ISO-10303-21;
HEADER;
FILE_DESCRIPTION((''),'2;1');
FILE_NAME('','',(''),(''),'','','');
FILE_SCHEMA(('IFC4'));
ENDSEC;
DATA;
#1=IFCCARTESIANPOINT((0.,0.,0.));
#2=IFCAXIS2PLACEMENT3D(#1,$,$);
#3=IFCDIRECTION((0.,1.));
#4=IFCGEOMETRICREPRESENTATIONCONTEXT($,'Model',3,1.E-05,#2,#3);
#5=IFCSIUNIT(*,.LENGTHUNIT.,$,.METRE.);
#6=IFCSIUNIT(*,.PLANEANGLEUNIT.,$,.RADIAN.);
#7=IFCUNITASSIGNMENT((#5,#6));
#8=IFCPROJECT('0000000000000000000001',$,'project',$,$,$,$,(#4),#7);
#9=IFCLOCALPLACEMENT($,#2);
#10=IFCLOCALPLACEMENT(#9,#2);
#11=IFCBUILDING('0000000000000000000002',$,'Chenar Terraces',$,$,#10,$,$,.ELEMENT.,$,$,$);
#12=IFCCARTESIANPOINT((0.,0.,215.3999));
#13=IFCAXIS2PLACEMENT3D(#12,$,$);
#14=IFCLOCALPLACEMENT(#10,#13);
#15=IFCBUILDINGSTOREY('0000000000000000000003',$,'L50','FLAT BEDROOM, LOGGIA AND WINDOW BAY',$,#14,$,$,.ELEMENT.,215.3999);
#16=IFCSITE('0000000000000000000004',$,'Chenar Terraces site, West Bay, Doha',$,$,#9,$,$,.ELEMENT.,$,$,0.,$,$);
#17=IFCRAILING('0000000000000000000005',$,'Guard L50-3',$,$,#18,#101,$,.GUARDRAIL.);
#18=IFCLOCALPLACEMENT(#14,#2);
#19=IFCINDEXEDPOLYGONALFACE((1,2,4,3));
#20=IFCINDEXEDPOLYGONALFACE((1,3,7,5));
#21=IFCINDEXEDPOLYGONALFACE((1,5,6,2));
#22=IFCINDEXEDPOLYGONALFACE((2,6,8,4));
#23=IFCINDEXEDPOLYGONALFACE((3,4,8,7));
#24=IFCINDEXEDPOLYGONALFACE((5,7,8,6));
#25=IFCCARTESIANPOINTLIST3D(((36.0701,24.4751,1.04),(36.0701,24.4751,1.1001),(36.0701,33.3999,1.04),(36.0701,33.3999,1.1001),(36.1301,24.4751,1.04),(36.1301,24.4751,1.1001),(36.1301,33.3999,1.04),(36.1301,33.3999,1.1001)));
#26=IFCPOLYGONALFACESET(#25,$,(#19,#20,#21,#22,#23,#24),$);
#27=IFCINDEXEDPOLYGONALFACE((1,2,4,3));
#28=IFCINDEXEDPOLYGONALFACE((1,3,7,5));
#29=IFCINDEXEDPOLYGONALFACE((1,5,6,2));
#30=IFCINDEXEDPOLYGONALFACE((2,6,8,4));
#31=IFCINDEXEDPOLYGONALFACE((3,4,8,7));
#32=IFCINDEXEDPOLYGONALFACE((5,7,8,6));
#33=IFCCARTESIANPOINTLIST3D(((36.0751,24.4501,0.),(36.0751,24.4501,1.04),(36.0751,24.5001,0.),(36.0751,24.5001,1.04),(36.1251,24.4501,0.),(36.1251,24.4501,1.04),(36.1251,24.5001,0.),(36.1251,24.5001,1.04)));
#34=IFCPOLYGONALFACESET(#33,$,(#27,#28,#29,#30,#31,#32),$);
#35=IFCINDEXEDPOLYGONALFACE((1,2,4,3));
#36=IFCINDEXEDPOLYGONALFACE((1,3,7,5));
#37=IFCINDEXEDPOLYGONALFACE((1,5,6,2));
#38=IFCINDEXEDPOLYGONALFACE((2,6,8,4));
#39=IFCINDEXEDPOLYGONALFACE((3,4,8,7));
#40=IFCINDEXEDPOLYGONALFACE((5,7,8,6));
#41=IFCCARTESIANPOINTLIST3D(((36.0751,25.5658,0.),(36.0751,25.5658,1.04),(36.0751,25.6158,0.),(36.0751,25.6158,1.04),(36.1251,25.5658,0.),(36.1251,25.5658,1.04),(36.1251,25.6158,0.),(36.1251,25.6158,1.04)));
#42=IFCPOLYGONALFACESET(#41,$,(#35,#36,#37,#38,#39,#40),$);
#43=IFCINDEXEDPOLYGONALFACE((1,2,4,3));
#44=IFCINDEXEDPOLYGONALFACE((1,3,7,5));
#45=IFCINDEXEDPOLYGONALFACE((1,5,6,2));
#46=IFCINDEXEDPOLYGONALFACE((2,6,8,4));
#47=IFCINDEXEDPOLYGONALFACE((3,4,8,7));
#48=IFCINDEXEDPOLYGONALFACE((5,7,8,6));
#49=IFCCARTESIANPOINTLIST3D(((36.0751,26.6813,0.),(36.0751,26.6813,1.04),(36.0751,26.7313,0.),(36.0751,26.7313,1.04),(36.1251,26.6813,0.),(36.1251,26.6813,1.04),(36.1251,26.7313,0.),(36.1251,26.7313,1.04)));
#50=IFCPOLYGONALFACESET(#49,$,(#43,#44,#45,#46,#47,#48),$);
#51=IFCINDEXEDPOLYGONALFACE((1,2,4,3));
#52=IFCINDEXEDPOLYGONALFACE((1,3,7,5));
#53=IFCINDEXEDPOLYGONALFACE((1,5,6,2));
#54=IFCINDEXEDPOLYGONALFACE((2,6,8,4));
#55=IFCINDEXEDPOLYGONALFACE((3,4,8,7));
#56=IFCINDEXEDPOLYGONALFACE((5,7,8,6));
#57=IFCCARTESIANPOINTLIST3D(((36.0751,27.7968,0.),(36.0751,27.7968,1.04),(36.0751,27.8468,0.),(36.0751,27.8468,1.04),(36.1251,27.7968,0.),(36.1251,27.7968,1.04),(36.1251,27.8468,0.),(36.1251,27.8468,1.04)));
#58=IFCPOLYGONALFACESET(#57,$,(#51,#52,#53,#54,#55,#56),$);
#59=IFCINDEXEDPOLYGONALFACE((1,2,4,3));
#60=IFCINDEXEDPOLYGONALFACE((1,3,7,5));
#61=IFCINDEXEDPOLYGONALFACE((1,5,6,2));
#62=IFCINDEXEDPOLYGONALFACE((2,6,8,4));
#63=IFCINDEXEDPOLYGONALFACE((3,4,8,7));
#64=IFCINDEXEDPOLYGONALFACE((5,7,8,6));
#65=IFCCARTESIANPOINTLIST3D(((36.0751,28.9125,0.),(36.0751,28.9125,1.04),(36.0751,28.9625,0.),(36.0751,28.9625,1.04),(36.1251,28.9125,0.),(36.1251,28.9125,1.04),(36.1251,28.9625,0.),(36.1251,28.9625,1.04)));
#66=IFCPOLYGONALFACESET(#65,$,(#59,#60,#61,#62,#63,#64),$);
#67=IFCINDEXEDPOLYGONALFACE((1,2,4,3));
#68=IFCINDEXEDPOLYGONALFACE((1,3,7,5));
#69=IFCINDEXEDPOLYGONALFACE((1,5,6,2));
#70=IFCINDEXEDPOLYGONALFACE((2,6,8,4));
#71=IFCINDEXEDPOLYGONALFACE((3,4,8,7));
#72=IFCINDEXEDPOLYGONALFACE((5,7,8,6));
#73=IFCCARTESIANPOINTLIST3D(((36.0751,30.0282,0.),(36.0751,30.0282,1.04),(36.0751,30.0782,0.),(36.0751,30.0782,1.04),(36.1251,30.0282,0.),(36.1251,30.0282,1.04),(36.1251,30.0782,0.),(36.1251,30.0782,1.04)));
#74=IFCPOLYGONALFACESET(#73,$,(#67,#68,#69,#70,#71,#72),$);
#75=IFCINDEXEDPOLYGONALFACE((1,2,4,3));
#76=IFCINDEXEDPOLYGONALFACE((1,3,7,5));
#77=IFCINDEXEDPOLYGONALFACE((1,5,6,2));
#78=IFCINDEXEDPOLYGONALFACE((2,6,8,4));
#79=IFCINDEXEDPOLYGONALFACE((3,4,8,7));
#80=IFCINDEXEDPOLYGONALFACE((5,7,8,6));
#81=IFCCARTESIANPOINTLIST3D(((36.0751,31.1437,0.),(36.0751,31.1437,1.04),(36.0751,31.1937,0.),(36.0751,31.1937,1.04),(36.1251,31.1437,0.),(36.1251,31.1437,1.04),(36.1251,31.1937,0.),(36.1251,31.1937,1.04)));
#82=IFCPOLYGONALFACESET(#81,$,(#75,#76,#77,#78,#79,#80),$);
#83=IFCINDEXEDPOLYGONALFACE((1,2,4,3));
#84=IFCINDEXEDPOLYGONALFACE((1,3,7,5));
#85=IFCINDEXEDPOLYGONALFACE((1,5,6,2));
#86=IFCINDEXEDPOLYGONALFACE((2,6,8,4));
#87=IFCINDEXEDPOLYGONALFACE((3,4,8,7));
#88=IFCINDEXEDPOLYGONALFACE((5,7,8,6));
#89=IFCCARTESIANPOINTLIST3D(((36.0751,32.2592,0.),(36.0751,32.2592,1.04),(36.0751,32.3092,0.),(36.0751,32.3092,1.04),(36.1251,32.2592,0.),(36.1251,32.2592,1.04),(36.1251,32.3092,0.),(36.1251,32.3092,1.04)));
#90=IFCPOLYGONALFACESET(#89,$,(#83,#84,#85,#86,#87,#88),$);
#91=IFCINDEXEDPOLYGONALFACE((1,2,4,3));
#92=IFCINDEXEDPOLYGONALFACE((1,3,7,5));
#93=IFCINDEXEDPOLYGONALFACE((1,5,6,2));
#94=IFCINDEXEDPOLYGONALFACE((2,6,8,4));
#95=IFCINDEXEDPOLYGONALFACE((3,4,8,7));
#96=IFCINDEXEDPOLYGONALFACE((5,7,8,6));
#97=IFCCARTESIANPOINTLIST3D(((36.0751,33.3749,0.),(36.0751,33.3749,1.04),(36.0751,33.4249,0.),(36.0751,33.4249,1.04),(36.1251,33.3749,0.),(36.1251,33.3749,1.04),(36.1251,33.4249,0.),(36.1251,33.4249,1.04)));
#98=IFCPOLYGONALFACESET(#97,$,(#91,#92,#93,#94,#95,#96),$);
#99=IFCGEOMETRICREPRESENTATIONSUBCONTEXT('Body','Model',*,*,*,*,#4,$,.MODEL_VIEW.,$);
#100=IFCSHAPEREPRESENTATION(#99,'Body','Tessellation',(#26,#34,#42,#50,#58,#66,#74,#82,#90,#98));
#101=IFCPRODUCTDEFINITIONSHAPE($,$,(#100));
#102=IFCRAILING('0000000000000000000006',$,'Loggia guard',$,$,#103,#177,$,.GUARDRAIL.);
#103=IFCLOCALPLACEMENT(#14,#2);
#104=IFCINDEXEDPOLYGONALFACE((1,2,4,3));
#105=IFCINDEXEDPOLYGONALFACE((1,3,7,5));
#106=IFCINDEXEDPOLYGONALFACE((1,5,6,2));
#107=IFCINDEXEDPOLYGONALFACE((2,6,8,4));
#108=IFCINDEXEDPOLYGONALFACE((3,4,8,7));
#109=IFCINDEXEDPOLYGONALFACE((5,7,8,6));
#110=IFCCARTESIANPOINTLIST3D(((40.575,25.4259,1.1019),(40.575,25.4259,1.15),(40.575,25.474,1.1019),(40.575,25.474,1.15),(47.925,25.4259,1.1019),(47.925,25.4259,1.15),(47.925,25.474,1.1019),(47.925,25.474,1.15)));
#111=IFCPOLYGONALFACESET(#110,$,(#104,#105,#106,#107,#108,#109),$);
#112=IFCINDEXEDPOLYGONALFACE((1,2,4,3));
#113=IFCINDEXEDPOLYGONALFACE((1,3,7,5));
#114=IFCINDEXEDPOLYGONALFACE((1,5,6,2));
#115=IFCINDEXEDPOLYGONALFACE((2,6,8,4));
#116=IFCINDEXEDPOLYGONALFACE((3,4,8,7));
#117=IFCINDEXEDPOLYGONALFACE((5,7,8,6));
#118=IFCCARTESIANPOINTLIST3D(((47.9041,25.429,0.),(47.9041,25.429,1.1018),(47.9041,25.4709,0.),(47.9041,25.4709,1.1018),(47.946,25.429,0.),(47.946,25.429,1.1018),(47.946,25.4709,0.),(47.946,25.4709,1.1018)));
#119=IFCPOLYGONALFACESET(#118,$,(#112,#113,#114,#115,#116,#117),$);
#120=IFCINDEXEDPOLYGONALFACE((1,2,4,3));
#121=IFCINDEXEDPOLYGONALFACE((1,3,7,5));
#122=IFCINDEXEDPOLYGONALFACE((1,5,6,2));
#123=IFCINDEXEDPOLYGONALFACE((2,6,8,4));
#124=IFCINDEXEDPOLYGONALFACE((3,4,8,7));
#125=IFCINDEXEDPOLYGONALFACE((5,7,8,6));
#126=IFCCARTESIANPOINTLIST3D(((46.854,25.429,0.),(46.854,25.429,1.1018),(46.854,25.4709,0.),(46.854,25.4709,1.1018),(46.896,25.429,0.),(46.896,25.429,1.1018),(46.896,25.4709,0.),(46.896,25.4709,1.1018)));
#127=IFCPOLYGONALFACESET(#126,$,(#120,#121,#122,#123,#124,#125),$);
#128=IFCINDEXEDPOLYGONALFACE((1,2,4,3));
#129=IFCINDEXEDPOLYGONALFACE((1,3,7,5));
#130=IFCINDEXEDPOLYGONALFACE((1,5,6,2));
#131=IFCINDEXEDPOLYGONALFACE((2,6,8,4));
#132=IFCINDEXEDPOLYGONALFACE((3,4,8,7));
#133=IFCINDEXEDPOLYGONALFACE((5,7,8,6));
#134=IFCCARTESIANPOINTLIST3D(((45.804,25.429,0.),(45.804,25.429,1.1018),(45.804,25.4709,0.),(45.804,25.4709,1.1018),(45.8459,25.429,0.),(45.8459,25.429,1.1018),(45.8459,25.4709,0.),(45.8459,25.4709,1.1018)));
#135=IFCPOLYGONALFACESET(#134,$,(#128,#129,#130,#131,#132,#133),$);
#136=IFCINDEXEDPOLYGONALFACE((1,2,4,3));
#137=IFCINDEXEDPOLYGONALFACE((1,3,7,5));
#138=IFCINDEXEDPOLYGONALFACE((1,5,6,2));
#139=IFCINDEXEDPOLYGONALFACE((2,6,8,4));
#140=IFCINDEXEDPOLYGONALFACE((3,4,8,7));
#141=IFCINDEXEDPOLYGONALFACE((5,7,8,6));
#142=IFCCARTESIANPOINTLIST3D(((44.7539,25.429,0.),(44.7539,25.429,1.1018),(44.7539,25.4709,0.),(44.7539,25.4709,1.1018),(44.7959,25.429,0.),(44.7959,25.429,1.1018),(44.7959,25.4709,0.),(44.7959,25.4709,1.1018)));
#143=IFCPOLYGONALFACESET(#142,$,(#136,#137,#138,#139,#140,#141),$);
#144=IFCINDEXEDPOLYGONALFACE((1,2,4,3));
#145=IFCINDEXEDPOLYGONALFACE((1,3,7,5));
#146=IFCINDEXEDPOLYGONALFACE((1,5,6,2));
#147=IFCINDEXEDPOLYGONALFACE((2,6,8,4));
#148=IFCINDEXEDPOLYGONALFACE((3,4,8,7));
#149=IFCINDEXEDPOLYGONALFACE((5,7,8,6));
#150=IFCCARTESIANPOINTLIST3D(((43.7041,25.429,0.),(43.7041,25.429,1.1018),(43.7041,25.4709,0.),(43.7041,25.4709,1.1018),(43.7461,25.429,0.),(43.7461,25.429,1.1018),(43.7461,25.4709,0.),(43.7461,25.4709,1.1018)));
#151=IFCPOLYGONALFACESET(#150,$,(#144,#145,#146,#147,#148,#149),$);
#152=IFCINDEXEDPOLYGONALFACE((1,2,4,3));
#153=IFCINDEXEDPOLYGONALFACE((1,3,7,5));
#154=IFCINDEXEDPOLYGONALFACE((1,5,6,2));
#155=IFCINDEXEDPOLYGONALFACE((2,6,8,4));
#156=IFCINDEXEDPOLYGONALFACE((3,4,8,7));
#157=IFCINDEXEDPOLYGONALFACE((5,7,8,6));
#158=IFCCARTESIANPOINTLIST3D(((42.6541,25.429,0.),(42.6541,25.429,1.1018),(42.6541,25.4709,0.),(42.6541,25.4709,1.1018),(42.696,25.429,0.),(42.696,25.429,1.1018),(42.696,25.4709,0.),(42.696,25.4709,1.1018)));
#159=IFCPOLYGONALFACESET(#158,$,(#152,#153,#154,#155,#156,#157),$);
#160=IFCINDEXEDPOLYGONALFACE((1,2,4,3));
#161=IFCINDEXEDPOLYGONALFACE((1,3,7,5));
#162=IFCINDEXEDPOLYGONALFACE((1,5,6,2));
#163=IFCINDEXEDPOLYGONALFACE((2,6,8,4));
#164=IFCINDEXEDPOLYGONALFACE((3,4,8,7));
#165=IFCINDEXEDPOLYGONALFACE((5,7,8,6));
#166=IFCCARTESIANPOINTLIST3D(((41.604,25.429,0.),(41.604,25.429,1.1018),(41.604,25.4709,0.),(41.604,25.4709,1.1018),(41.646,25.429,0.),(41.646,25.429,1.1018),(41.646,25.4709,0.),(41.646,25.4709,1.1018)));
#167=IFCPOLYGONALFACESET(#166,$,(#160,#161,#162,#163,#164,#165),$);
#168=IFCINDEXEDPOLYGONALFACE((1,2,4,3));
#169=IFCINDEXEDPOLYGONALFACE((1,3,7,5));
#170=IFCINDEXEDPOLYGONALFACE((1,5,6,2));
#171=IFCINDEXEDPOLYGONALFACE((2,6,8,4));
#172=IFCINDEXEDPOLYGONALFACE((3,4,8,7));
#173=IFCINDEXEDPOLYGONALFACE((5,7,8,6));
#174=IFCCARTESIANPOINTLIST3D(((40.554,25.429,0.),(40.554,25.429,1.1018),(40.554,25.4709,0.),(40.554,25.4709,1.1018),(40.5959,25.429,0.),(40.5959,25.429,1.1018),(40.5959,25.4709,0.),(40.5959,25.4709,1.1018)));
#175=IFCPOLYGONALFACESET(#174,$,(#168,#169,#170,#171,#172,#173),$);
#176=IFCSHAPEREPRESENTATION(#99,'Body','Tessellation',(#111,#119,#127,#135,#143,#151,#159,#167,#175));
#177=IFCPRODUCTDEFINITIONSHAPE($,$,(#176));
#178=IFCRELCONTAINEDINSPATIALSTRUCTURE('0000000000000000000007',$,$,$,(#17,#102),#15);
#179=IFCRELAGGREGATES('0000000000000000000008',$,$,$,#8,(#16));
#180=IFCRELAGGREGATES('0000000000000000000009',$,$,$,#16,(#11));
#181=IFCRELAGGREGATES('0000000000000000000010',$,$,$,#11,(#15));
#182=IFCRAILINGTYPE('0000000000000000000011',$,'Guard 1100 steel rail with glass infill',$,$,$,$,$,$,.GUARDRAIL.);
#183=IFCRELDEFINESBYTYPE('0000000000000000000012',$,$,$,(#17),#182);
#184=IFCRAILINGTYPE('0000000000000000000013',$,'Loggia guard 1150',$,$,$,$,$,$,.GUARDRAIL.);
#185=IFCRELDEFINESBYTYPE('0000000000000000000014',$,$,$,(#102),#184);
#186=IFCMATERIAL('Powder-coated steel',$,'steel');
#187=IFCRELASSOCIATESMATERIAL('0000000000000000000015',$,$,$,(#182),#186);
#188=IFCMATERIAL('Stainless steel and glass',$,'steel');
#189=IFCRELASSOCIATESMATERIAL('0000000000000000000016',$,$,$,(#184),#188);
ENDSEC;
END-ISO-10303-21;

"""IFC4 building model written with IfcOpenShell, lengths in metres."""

from ifc_helpers import new_model, si_unit, direction, frame, origin, origin_2d, place, context, subcontext, project, spatial, rectangle, extrude, material, type_object, element, save


model = new_model("IFC4")

# Units and contexts
model_context = context("Model", 3, precision=1e-05, world=origin(), true_north=direction((0.0, 1.0)))
body_context = subcontext(model_context, "Body", "Model", "MODEL_VIEW")
ifc_project = project(units=[si_unit("LENGTHUNIT", "METRE"), si_unit("PLANEANGLEUNIT", "RADIAN")], contexts=[model_context])

# Site, building, storey
site_placement = place(None, origin())
site = spatial("IfcSite", under=ifc_project, at=site_placement, Name="Chenar Terraces site, West Bay, Doha", CompositionType="ELEMENT", RefElevation=0.0)
building_placement = place(site_placement, origin())
building = spatial("IfcBuilding", under=site, at=building_placement, Name="Chenar Terraces", CompositionType="ELEMENT")
storey_placement = place(building_placement, frame((0.0, 0.0, 215.3999)))
storey = spatial("IfcBuildingStorey", under=building, at=storey_placement, Name="L50", Description="FLAT BEDROOM, LOGGIA AND WINDOW BAY", CompositionType="ELEMENT", Elevation=215.3999)

# Railings
ifc_material_1 = material(Name="Powder-coated steel", Category="steel")
railing_type_1 = type_object("IfcRailingType", Name="Guard 1100 steel rail with glass infill", PredefinedType="GUARDRAIL", material=ifc_material_1)
railing_1_placement = place(storey_placement, frame((36.1001, 24.4751, 0.0)))
element("IfcRailing", 1, at=railing_1_placement, inside=storey, type_object=railing_type_1, Name="Guard L50-3", PredefinedType="GUARDRAIL", context=body_context, shape_type="SweptSolid", body=[
    extrude(rectangle(XDim=0.0601, YDim=0.0601, at=origin_2d()), frame((0.0, 0.0, 1.0701), z_axis=(0.0, 1.0, 0.0), x_axis=(-1.0, 0.0, 0.0)), (0.0, 0.0, 1.0), 8.9248),
    extrude(rectangle(XDim=0.05, YDim=0.05, at=origin_2d()), origin(), (0.0, 0.0, 1.0), 1.04),
    extrude(rectangle(XDim=0.05, YDim=0.05, at=origin_2d()), frame((0.0, 1.1157, 0.0)), (0.0, 0.0, 1.0), 1.04),
    extrude(rectangle(XDim=0.05, YDim=0.05, at=origin_2d()), frame((0.0, 2.2312, 0.0)), (0.0, 0.0, 1.0), 1.04),
    extrude(rectangle(XDim=0.05, YDim=0.05, at=origin_2d()), frame((0.0, 3.3467, 0.0)), (0.0, 0.0, 1.0), 1.04),
    extrude(rectangle(XDim=0.05, YDim=0.05, at=origin_2d()), frame((0.0, 4.4624, 0.0)), (0.0, 0.0, 1.0), 1.04),
    extrude(rectangle(XDim=0.05, YDim=0.05, at=origin_2d()), frame((0.0, 5.5781, 0.0)), (0.0, 0.0, 1.0), 1.04),
    extrude(rectangle(XDim=0.05, YDim=0.05, at=origin_2d()), frame((0.0, 6.6936, 0.0)), (0.0, 0.0, 1.0), 1.04),
    extrude(rectangle(XDim=0.05, YDim=0.05, at=origin_2d()), frame((0.0, 7.8091, 0.0)), (0.0, 0.0, 1.0), 1.04),
    extrude(rectangle(XDim=0.05, YDim=0.05, at=origin_2d()), frame((0.0, 8.9248, 0.0)), (0.0, 0.0, 1.0), 1.04),
])
ifc_material_2 = material(Name="Stainless steel and glass", Category="steel")
railing_type_2 = type_object("IfcRailingType", Name="Loggia guard 1150", PredefinedType="GUARDRAIL", material=ifc_material_2)
railing_2_placement = place(storey_placement, frame((47.925, 25.45, 0.0)))
element("IfcRailing", 2, at=railing_2_placement, inside=storey, type_object=railing_type_2, Name="Loggia guard", PredefinedType="GUARDRAIL", context=body_context, shape_type="SweptSolid", body=[
    extrude(rectangle(XDim=0.0481, YDim=0.0481, at=origin_2d()), frame((0.0, 0.0, 1.126), z_axis=(-1.0, 0.0, 0.0), x_axis=(0.0, -1.0, 0.0)), (0.0, 0.0, 1.0), 7.3501),
    extrude(rectangle(XDim=0.042, YDim=0.042, at=origin_2d()), origin(), (0.0, 0.0, 1.0), 1.1018),
    extrude(rectangle(XDim=0.042, YDim=0.042, at=origin_2d()), frame((-1.05, 0.0, 0.0)), (0.0, 0.0, 1.0), 1.1018),
    extrude(rectangle(XDim=0.042, YDim=0.042, at=origin_2d()), frame((-2.1001, 0.0, 0.0)), (0.0, 0.0, 1.0), 1.1018),
    extrude(rectangle(XDim=0.042, YDim=0.042, at=origin_2d()), frame((-3.1501, 0.0, 0.0)), (0.0, 0.0, 1.0), 1.1018),
    extrude(rectangle(XDim=0.042, YDim=0.042, at=origin_2d()), frame((-4.2, 0.0, 0.0)), (0.0, 0.0, 1.0), 1.1018),
    extrude(rectangle(XDim=0.042, YDim=0.042, at=origin_2d()), frame((-5.25, 0.0, 0.0)), (0.0, 0.0, 1.0), 1.1018),
    extrude(rectangle(XDim=0.042, YDim=0.042, at=origin_2d()), frame((-6.3, 0.0, 0.0)), (0.0, 0.0, 1.0), 1.1018),
    extrude(rectangle(XDim=0.042, YDim=0.042, at=origin_2d()), frame((-7.3501, 0.0, 0.0)), (0.0, 0.0, 1.0), 1.1018),
])

save(model, "model.ifc")
